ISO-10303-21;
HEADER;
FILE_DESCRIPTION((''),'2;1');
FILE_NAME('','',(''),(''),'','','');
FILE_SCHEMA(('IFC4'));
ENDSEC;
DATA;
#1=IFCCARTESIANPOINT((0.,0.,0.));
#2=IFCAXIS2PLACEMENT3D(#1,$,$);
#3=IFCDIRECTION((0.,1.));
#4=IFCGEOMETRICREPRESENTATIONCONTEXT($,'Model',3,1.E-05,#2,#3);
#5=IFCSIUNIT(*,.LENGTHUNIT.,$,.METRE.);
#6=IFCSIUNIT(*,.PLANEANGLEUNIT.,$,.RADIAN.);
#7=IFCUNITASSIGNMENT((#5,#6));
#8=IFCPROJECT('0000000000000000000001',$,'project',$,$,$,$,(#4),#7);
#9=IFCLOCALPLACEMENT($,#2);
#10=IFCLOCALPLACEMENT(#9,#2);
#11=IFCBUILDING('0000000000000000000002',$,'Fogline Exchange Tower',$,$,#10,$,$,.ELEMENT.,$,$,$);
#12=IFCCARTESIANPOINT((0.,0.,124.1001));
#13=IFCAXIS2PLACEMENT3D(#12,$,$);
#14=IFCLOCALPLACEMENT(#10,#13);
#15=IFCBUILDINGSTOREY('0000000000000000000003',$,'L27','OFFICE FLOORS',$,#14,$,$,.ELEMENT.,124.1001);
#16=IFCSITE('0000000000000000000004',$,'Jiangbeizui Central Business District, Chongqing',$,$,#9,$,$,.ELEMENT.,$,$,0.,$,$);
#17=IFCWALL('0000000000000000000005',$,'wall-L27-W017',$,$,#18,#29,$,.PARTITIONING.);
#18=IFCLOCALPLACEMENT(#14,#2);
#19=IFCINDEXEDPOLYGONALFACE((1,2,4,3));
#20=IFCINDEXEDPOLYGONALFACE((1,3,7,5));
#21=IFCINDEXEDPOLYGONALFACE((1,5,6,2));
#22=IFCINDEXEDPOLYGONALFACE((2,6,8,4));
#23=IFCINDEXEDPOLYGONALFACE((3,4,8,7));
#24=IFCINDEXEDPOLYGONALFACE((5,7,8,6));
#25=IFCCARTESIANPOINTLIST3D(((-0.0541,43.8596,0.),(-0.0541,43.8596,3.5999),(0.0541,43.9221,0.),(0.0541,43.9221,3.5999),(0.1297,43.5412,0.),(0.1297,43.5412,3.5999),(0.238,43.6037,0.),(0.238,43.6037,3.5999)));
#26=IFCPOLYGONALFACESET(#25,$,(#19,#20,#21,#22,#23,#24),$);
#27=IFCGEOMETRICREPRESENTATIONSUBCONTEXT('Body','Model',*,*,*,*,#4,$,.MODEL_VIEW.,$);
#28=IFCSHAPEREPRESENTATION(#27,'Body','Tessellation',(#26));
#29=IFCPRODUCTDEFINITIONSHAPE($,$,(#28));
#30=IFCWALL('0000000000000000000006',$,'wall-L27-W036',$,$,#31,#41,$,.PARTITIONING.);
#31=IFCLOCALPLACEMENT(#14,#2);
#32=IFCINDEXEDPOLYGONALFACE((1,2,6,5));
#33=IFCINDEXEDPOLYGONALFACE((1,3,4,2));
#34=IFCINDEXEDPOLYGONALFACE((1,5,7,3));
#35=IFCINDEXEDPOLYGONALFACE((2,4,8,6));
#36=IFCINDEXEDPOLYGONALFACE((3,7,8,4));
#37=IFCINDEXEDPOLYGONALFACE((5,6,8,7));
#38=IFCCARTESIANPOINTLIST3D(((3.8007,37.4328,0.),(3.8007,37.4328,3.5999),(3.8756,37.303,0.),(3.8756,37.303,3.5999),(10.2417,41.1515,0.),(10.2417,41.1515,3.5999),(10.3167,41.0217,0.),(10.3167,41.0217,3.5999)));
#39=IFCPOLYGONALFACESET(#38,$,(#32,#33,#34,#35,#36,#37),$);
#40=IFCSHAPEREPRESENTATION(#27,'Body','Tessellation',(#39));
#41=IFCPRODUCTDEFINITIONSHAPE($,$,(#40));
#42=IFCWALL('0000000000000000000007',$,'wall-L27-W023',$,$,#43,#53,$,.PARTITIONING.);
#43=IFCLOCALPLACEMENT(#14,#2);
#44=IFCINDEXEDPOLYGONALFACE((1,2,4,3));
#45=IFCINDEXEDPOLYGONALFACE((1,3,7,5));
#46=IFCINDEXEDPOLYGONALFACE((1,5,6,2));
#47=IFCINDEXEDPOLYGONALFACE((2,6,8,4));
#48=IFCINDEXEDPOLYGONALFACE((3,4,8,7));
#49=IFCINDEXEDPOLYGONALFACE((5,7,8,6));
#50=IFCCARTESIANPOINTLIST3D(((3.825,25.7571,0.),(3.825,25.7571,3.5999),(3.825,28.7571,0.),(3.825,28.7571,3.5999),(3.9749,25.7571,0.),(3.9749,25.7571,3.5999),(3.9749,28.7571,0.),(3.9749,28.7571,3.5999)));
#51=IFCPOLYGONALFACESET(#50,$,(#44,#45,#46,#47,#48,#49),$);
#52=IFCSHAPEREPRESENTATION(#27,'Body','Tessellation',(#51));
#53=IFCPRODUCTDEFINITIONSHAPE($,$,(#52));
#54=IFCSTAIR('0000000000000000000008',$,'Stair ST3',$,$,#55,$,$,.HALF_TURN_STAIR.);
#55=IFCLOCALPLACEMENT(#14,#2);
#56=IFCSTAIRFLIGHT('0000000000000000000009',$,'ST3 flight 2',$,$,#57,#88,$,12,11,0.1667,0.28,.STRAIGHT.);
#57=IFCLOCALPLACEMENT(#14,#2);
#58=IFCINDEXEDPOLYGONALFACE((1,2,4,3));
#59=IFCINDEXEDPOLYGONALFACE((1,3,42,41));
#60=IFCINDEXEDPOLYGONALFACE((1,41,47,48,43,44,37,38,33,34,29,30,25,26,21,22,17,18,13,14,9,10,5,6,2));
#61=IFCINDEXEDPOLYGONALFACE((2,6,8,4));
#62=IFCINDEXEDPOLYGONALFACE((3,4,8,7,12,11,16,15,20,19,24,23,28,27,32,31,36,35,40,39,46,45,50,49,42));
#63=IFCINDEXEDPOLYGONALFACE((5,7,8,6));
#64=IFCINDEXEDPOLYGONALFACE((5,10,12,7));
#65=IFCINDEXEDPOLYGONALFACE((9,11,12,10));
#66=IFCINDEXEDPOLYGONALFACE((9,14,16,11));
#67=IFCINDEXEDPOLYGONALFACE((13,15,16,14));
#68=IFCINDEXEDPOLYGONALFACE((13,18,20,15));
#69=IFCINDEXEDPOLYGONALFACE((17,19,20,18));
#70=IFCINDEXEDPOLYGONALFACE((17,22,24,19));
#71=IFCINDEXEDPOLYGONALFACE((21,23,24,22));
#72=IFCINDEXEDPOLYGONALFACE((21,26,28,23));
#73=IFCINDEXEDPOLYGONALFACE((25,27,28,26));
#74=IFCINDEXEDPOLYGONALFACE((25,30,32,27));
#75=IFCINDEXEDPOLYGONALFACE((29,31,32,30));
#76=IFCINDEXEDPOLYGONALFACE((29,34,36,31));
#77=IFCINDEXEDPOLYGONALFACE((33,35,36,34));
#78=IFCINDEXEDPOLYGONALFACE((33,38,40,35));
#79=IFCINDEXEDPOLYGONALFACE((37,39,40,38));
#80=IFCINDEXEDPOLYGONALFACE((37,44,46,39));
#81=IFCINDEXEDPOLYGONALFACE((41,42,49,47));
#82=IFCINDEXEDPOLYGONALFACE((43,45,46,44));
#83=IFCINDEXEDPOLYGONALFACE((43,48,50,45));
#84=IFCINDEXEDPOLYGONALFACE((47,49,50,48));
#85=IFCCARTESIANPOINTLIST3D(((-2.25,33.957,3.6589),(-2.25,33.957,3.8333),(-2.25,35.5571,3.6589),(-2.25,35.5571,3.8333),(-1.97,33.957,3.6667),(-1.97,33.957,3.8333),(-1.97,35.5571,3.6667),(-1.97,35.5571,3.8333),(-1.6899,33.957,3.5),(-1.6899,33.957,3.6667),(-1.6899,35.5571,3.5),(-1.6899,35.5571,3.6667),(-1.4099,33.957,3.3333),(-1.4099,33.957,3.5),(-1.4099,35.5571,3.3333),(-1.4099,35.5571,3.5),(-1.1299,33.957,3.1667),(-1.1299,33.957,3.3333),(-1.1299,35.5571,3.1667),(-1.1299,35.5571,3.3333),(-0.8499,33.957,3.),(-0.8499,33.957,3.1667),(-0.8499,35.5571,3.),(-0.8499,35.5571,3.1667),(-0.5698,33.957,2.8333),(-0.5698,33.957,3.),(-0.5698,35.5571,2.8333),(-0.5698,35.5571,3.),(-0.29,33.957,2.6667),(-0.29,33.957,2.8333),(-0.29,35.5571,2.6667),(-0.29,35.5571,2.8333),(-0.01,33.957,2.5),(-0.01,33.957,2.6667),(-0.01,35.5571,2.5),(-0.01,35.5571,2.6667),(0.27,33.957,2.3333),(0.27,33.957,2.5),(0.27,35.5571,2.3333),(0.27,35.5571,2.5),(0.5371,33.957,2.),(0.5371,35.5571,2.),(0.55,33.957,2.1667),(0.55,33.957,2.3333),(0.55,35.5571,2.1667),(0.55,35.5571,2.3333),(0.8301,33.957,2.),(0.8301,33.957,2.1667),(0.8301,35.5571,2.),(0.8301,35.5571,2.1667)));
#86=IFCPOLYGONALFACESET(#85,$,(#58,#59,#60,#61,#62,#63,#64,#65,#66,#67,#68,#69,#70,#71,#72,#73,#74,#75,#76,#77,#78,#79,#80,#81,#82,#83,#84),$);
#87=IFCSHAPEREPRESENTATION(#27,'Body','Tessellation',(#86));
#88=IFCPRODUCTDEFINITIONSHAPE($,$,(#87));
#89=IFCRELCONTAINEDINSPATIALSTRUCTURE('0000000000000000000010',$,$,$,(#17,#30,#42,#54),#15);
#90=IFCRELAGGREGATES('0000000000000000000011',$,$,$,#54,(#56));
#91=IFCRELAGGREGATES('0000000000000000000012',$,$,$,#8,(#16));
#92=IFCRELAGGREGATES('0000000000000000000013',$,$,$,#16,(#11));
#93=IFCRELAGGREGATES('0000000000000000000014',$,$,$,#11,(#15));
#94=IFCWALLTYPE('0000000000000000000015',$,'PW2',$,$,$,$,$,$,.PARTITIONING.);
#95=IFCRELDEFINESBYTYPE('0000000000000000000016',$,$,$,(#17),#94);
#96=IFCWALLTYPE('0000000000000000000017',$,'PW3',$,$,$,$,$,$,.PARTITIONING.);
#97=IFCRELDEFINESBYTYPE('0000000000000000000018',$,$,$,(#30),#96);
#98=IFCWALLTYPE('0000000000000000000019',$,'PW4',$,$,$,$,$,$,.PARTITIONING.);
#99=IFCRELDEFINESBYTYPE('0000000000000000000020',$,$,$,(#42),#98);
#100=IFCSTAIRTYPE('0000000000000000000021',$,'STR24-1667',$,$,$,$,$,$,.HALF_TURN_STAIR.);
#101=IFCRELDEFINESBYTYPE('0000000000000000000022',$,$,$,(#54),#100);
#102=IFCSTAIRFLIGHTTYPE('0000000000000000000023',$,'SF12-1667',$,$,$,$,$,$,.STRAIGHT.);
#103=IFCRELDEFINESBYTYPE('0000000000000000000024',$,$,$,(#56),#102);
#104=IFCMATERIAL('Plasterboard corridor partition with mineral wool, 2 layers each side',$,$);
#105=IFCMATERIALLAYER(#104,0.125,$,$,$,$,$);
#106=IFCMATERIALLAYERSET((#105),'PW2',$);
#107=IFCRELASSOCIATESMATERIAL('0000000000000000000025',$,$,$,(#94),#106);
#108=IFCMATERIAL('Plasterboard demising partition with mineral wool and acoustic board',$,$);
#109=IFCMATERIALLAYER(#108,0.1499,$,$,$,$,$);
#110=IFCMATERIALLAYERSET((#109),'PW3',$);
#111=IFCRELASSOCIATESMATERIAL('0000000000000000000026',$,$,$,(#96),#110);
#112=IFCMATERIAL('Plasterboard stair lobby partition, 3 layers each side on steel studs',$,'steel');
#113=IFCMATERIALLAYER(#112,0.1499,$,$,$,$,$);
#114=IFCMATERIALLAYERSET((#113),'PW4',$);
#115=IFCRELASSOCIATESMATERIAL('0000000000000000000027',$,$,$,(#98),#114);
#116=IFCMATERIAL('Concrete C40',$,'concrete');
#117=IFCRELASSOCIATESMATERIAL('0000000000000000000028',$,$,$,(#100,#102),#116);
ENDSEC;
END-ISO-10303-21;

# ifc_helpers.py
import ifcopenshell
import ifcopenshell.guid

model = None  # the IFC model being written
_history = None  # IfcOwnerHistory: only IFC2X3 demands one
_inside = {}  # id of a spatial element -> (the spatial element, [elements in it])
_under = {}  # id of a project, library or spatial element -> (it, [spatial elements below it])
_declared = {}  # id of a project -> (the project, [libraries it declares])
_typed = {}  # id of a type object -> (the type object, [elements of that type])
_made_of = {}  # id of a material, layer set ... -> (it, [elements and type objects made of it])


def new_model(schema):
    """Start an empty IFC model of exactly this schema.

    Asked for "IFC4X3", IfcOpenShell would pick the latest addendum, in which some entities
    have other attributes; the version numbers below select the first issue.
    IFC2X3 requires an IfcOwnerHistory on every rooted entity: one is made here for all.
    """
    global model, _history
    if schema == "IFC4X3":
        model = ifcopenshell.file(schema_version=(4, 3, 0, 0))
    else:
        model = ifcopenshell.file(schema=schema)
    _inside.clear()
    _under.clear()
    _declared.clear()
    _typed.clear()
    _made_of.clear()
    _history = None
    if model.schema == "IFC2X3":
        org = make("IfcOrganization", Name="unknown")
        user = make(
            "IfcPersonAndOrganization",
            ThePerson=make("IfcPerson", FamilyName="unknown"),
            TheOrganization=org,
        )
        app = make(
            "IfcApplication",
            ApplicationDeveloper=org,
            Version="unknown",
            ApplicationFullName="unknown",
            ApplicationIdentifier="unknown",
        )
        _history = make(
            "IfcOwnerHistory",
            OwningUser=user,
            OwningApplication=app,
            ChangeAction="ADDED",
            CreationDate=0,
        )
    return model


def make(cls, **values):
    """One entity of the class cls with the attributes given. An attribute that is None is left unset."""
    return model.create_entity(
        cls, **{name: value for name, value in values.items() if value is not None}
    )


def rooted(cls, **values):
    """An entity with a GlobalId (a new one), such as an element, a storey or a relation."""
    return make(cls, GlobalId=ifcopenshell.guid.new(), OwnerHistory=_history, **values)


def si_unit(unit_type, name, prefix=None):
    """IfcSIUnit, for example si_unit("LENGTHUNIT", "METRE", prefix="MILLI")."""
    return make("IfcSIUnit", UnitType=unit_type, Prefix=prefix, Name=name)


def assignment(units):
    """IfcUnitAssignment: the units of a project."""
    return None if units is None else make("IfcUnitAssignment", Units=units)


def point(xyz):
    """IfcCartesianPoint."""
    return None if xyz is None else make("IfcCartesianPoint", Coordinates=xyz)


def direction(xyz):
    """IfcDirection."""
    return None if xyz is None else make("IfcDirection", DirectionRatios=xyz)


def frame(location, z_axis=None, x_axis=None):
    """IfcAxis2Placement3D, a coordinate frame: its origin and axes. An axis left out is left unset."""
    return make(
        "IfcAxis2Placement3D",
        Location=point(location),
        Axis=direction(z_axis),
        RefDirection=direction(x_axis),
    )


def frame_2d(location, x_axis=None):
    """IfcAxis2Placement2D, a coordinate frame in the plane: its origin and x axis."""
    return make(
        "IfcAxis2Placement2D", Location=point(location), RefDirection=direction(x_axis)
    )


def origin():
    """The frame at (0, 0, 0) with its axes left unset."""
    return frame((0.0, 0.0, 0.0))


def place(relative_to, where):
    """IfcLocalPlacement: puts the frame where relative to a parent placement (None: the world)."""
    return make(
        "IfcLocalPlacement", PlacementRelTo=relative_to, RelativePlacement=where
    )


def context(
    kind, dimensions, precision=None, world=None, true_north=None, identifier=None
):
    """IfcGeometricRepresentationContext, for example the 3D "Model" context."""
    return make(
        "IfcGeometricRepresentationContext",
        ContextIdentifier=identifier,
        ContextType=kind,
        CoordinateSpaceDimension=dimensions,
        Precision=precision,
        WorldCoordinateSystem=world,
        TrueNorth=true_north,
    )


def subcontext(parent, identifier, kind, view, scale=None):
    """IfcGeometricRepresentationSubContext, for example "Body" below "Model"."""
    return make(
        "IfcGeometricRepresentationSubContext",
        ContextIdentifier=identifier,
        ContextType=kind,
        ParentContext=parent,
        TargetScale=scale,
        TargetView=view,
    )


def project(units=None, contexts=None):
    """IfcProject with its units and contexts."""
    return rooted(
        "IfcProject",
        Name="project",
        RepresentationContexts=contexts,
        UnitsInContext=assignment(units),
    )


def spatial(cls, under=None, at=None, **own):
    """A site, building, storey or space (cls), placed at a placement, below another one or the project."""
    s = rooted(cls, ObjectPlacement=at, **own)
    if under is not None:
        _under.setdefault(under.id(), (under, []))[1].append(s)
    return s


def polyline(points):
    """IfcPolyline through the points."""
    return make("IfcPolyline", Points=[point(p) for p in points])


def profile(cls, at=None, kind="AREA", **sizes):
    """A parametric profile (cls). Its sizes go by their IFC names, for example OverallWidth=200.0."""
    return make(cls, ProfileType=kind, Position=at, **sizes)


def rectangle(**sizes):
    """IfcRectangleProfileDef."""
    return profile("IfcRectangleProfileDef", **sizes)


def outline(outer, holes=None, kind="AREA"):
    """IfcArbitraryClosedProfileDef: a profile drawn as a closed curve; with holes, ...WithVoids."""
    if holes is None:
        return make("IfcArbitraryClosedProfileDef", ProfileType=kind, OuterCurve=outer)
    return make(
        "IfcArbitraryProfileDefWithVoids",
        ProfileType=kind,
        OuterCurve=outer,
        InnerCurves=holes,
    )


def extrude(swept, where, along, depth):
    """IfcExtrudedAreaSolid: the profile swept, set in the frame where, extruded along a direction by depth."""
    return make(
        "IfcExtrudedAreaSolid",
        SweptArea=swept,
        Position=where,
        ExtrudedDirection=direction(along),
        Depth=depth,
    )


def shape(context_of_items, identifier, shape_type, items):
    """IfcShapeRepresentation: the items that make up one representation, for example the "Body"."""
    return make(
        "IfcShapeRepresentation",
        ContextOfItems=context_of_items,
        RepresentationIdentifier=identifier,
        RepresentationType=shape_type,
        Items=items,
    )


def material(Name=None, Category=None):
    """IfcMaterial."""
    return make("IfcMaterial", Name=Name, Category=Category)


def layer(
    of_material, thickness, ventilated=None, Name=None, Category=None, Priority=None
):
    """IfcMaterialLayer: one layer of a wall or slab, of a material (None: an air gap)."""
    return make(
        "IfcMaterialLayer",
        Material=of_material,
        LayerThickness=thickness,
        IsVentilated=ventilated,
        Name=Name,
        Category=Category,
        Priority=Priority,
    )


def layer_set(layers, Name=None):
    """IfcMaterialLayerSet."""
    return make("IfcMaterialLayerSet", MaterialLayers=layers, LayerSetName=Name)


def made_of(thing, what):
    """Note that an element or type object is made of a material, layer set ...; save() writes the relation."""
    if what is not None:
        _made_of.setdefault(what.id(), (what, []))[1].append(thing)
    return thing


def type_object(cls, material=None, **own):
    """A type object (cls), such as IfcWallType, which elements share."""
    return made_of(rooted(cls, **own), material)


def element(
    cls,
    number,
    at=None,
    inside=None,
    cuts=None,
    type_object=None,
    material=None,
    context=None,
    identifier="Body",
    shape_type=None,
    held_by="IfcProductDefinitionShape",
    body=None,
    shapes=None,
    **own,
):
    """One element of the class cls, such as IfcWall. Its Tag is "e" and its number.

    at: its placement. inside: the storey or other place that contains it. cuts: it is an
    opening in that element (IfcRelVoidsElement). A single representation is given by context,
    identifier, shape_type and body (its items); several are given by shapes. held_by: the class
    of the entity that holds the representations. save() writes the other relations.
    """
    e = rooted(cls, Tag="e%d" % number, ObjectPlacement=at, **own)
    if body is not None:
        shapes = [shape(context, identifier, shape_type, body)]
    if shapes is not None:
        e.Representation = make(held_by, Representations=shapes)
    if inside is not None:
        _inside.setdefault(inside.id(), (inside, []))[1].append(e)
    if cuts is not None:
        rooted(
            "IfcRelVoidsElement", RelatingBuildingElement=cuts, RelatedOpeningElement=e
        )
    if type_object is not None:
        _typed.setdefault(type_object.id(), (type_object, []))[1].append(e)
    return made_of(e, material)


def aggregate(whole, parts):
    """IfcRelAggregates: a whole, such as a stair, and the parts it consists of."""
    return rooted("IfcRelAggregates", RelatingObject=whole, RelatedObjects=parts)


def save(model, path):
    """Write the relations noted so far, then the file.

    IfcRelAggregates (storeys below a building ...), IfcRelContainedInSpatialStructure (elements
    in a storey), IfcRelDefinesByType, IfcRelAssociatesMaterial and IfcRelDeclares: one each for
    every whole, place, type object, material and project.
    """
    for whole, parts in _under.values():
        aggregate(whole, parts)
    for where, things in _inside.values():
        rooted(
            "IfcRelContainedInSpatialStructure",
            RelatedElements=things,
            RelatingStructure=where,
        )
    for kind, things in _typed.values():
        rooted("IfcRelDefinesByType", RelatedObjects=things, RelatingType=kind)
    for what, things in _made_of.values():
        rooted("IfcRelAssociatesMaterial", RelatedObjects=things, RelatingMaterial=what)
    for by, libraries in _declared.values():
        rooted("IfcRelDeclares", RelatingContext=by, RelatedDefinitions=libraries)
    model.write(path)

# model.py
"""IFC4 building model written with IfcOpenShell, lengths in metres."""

from ifc_helpers import new_model, si_unit, direction, frame, frame_2d, origin, place, context, subcontext, project, spatial, polyline, rectangle, outline, extrude, material, layer, layer_set, type_object, element, aggregate, save


model = new_model("IFC4")

# Units and contexts
model_context = context("Model", 3, precision=1e-05, world=origin(), true_north=direction((0.0, 1.0)))
body_context = subcontext(model_context, "Body", "Model", "MODEL_VIEW")
ifc_project = project(units=[si_unit("LENGTHUNIT", "METRE"), si_unit("PLANEANGLEUNIT", "RADIAN")], contexts=[model_context])

# Site, building, storey
site_placement = place(None, origin())
site = spatial("IfcSite", under=ifc_project, at=site_placement, Name="Jiangbeizui Central Business District, Chongqing", CompositionType="ELEMENT", RefElevation=0.0)
building_placement = place(site_placement, origin())
building = spatial("IfcBuilding", under=site, at=building_placement, Name="Fogline Exchange Tower", CompositionType="ELEMENT")
storey_placement = place(building_placement, frame((0.0, 0.0, 124.1001)))
storey = spatial("IfcBuildingStorey", under=building, at=storey_placement, Name="L27", Description="OFFICE FLOORS", CompositionType="ELEMENT", Elevation=124.1001)

# Shared definitions
ifc_material_1 = material(Name="Concrete C40", Category="concrete")

# Shared definitions
ifc_material_2 = material(Name="Plasterboard corridor partition with mineral wool, 2 layers each side")
ifc_layer_1 = layer(ifc_material_2, 0.125)
ifc_layer_set_1 = layer_set([ifc_layer_1], Name="PW2")
wall_type_1 = type_object("IfcWallType", Name="PW2", PredefinedType="PARTITIONING", material=ifc_layer_set_1)

# Walls
wall_1_placement = place(storey_placement, frame((0.0, 43.8909, 0.0), z_axis=(0.0, 0.0, 1.0), x_axis=(0.500067, -0.865987, 0.0)))
element("IfcWall", 1, at=wall_1_placement, inside=storey, type_object=wall_type_1, Name="wall-L27-W017", PredefinedType="PARTITIONING", context=body_context, shape_type="SweptSolid", body=[
    extrude(rectangle(XDim=0.3677, YDim=0.125, at=frame_2d((0.1838, 0.0))), origin(), (0.0, 0.0, 1.0), 3.5999),
])
ifc_material_3 = material(Name="Plasterboard demising partition with mineral wool and acoustic board")
ifc_layer_2 = layer(ifc_material_3, 0.1499)
ifc_layer_set_2 = layer_set([ifc_layer_2], Name="PW3")
wall_type_2 = type_object("IfcWallType", Name="PW3", PredefinedType="PARTITIONING", material=ifc_layer_set_2)
wall_2_placement = place(storey_placement, frame((3.8381, 37.3679, 0.0), z_axis=(0.0, 0.0, 1.0), x_axis=(0.866029, 0.499994, 0.0)))
element("IfcWall", 2, at=wall_2_placement, inside=storey, type_object=wall_type_2, Name="wall-L27-W036", PredefinedType="PARTITIONING", context=body_context, shape_type="SweptSolid", body=[
    extrude(rectangle(XDim=7.4375, YDim=0.1499, at=frame_2d((3.7188, 0.0))), origin(), (0.0, 0.0, 1.0), 3.5999),
])
ifc_material_4 = material(Name="Plasterboard stair lobby partition, 3 layers each side on steel studs", Category="steel")
ifc_layer_3 = layer(ifc_material_4, 0.1499)
ifc_layer_set_3 = layer_set([ifc_layer_3], Name="PW4")
wall_type_3 = type_object("IfcWallType", Name="PW4", PredefinedType="PARTITIONING", material=ifc_layer_set_3)
wall_3_placement = place(storey_placement, frame((3.8999, 28.7571, 0.0), z_axis=(0.0, 0.0, 1.0), x_axis=(0.0, -1.0, 0.0)))
element("IfcWall", 3, at=wall_3_placement, inside=storey, type_object=wall_type_3, Name="wall-L27-W023", PredefinedType="PARTITIONING", context=body_context, shape_type="SweptSolid", body=[
    extrude(rectangle(XDim=3.0, YDim=0.1499, at=frame_2d((1.5, 0.0))), origin(), (0.0, 0.0, 1.0), 3.5999),
])

# Stair, stair flight
stair_type = type_object("IfcStairType", Name="STR24-1667", PredefinedType="HALF_TURN_STAIR", material=ifc_material_1)
stair_placement = place(storey_placement, origin())
stair = element("IfcStair", 4, at=stair_placement, inside=storey, type_object=stair_type, Name="Stair ST3", PredefinedType="HALF_TURN_STAIR")
stair_flight_type = type_object("IfcStairFlightType", Name="SF12-1667", PredefinedType="STRAIGHT", material=ifc_material_1)
stair_flight_placement = place(storey_placement, frame((0.8301, 34.7571, 2.0), z_axis=(0.0, 0.0, 1.0), x_axis=(-1.0, 0.0, 0.0)))
stair_flight = element("IfcStairFlight", 5, at=stair_flight_placement, type_object=stair_flight_type, Name="ST3 flight 2", NumberOfRisers=12, NumberOfTreads=11, PredefinedType="STRAIGHT", RiserHeight=0.1667, TreadLength=0.28, context=body_context, shape_type="SweptSolid", body=[
    extrude(outline(polyline([(0.0, 0.0), (0.0, 0.1667), (0.28, 0.1667), (0.28, 0.3333), (0.5601, 0.3333), (0.5601, 0.5), (0.8401, 0.5), (0.8401, 0.6667), (1.1201, 0.6667), (1.1201, 0.8333), (1.3999, 0.8333), (1.3999, 1.0), (1.6799, 1.0), (1.6799, 1.1667), (1.96, 1.1667), (1.96, 1.3333), (2.24, 1.3333), (2.24, 1.5), (2.52, 1.5), (2.52, 1.6667), (2.8, 1.6667), (2.8, 1.8333), (3.0801, 1.8333), (3.0801, 2.0), (3.0801, 1.6589), (0.293, 0.0), (0.0, 0.0)])), frame((0.0, 0.8, 0.0), z_axis=(0.0, -1.0, 0.0), x_axis=(1.0, 0.0, 0.0)), (0.0, 0.0, 1.0), 1.6001),
])
aggregate(stair, [stair_flight])

save(model, "model.ifc")
